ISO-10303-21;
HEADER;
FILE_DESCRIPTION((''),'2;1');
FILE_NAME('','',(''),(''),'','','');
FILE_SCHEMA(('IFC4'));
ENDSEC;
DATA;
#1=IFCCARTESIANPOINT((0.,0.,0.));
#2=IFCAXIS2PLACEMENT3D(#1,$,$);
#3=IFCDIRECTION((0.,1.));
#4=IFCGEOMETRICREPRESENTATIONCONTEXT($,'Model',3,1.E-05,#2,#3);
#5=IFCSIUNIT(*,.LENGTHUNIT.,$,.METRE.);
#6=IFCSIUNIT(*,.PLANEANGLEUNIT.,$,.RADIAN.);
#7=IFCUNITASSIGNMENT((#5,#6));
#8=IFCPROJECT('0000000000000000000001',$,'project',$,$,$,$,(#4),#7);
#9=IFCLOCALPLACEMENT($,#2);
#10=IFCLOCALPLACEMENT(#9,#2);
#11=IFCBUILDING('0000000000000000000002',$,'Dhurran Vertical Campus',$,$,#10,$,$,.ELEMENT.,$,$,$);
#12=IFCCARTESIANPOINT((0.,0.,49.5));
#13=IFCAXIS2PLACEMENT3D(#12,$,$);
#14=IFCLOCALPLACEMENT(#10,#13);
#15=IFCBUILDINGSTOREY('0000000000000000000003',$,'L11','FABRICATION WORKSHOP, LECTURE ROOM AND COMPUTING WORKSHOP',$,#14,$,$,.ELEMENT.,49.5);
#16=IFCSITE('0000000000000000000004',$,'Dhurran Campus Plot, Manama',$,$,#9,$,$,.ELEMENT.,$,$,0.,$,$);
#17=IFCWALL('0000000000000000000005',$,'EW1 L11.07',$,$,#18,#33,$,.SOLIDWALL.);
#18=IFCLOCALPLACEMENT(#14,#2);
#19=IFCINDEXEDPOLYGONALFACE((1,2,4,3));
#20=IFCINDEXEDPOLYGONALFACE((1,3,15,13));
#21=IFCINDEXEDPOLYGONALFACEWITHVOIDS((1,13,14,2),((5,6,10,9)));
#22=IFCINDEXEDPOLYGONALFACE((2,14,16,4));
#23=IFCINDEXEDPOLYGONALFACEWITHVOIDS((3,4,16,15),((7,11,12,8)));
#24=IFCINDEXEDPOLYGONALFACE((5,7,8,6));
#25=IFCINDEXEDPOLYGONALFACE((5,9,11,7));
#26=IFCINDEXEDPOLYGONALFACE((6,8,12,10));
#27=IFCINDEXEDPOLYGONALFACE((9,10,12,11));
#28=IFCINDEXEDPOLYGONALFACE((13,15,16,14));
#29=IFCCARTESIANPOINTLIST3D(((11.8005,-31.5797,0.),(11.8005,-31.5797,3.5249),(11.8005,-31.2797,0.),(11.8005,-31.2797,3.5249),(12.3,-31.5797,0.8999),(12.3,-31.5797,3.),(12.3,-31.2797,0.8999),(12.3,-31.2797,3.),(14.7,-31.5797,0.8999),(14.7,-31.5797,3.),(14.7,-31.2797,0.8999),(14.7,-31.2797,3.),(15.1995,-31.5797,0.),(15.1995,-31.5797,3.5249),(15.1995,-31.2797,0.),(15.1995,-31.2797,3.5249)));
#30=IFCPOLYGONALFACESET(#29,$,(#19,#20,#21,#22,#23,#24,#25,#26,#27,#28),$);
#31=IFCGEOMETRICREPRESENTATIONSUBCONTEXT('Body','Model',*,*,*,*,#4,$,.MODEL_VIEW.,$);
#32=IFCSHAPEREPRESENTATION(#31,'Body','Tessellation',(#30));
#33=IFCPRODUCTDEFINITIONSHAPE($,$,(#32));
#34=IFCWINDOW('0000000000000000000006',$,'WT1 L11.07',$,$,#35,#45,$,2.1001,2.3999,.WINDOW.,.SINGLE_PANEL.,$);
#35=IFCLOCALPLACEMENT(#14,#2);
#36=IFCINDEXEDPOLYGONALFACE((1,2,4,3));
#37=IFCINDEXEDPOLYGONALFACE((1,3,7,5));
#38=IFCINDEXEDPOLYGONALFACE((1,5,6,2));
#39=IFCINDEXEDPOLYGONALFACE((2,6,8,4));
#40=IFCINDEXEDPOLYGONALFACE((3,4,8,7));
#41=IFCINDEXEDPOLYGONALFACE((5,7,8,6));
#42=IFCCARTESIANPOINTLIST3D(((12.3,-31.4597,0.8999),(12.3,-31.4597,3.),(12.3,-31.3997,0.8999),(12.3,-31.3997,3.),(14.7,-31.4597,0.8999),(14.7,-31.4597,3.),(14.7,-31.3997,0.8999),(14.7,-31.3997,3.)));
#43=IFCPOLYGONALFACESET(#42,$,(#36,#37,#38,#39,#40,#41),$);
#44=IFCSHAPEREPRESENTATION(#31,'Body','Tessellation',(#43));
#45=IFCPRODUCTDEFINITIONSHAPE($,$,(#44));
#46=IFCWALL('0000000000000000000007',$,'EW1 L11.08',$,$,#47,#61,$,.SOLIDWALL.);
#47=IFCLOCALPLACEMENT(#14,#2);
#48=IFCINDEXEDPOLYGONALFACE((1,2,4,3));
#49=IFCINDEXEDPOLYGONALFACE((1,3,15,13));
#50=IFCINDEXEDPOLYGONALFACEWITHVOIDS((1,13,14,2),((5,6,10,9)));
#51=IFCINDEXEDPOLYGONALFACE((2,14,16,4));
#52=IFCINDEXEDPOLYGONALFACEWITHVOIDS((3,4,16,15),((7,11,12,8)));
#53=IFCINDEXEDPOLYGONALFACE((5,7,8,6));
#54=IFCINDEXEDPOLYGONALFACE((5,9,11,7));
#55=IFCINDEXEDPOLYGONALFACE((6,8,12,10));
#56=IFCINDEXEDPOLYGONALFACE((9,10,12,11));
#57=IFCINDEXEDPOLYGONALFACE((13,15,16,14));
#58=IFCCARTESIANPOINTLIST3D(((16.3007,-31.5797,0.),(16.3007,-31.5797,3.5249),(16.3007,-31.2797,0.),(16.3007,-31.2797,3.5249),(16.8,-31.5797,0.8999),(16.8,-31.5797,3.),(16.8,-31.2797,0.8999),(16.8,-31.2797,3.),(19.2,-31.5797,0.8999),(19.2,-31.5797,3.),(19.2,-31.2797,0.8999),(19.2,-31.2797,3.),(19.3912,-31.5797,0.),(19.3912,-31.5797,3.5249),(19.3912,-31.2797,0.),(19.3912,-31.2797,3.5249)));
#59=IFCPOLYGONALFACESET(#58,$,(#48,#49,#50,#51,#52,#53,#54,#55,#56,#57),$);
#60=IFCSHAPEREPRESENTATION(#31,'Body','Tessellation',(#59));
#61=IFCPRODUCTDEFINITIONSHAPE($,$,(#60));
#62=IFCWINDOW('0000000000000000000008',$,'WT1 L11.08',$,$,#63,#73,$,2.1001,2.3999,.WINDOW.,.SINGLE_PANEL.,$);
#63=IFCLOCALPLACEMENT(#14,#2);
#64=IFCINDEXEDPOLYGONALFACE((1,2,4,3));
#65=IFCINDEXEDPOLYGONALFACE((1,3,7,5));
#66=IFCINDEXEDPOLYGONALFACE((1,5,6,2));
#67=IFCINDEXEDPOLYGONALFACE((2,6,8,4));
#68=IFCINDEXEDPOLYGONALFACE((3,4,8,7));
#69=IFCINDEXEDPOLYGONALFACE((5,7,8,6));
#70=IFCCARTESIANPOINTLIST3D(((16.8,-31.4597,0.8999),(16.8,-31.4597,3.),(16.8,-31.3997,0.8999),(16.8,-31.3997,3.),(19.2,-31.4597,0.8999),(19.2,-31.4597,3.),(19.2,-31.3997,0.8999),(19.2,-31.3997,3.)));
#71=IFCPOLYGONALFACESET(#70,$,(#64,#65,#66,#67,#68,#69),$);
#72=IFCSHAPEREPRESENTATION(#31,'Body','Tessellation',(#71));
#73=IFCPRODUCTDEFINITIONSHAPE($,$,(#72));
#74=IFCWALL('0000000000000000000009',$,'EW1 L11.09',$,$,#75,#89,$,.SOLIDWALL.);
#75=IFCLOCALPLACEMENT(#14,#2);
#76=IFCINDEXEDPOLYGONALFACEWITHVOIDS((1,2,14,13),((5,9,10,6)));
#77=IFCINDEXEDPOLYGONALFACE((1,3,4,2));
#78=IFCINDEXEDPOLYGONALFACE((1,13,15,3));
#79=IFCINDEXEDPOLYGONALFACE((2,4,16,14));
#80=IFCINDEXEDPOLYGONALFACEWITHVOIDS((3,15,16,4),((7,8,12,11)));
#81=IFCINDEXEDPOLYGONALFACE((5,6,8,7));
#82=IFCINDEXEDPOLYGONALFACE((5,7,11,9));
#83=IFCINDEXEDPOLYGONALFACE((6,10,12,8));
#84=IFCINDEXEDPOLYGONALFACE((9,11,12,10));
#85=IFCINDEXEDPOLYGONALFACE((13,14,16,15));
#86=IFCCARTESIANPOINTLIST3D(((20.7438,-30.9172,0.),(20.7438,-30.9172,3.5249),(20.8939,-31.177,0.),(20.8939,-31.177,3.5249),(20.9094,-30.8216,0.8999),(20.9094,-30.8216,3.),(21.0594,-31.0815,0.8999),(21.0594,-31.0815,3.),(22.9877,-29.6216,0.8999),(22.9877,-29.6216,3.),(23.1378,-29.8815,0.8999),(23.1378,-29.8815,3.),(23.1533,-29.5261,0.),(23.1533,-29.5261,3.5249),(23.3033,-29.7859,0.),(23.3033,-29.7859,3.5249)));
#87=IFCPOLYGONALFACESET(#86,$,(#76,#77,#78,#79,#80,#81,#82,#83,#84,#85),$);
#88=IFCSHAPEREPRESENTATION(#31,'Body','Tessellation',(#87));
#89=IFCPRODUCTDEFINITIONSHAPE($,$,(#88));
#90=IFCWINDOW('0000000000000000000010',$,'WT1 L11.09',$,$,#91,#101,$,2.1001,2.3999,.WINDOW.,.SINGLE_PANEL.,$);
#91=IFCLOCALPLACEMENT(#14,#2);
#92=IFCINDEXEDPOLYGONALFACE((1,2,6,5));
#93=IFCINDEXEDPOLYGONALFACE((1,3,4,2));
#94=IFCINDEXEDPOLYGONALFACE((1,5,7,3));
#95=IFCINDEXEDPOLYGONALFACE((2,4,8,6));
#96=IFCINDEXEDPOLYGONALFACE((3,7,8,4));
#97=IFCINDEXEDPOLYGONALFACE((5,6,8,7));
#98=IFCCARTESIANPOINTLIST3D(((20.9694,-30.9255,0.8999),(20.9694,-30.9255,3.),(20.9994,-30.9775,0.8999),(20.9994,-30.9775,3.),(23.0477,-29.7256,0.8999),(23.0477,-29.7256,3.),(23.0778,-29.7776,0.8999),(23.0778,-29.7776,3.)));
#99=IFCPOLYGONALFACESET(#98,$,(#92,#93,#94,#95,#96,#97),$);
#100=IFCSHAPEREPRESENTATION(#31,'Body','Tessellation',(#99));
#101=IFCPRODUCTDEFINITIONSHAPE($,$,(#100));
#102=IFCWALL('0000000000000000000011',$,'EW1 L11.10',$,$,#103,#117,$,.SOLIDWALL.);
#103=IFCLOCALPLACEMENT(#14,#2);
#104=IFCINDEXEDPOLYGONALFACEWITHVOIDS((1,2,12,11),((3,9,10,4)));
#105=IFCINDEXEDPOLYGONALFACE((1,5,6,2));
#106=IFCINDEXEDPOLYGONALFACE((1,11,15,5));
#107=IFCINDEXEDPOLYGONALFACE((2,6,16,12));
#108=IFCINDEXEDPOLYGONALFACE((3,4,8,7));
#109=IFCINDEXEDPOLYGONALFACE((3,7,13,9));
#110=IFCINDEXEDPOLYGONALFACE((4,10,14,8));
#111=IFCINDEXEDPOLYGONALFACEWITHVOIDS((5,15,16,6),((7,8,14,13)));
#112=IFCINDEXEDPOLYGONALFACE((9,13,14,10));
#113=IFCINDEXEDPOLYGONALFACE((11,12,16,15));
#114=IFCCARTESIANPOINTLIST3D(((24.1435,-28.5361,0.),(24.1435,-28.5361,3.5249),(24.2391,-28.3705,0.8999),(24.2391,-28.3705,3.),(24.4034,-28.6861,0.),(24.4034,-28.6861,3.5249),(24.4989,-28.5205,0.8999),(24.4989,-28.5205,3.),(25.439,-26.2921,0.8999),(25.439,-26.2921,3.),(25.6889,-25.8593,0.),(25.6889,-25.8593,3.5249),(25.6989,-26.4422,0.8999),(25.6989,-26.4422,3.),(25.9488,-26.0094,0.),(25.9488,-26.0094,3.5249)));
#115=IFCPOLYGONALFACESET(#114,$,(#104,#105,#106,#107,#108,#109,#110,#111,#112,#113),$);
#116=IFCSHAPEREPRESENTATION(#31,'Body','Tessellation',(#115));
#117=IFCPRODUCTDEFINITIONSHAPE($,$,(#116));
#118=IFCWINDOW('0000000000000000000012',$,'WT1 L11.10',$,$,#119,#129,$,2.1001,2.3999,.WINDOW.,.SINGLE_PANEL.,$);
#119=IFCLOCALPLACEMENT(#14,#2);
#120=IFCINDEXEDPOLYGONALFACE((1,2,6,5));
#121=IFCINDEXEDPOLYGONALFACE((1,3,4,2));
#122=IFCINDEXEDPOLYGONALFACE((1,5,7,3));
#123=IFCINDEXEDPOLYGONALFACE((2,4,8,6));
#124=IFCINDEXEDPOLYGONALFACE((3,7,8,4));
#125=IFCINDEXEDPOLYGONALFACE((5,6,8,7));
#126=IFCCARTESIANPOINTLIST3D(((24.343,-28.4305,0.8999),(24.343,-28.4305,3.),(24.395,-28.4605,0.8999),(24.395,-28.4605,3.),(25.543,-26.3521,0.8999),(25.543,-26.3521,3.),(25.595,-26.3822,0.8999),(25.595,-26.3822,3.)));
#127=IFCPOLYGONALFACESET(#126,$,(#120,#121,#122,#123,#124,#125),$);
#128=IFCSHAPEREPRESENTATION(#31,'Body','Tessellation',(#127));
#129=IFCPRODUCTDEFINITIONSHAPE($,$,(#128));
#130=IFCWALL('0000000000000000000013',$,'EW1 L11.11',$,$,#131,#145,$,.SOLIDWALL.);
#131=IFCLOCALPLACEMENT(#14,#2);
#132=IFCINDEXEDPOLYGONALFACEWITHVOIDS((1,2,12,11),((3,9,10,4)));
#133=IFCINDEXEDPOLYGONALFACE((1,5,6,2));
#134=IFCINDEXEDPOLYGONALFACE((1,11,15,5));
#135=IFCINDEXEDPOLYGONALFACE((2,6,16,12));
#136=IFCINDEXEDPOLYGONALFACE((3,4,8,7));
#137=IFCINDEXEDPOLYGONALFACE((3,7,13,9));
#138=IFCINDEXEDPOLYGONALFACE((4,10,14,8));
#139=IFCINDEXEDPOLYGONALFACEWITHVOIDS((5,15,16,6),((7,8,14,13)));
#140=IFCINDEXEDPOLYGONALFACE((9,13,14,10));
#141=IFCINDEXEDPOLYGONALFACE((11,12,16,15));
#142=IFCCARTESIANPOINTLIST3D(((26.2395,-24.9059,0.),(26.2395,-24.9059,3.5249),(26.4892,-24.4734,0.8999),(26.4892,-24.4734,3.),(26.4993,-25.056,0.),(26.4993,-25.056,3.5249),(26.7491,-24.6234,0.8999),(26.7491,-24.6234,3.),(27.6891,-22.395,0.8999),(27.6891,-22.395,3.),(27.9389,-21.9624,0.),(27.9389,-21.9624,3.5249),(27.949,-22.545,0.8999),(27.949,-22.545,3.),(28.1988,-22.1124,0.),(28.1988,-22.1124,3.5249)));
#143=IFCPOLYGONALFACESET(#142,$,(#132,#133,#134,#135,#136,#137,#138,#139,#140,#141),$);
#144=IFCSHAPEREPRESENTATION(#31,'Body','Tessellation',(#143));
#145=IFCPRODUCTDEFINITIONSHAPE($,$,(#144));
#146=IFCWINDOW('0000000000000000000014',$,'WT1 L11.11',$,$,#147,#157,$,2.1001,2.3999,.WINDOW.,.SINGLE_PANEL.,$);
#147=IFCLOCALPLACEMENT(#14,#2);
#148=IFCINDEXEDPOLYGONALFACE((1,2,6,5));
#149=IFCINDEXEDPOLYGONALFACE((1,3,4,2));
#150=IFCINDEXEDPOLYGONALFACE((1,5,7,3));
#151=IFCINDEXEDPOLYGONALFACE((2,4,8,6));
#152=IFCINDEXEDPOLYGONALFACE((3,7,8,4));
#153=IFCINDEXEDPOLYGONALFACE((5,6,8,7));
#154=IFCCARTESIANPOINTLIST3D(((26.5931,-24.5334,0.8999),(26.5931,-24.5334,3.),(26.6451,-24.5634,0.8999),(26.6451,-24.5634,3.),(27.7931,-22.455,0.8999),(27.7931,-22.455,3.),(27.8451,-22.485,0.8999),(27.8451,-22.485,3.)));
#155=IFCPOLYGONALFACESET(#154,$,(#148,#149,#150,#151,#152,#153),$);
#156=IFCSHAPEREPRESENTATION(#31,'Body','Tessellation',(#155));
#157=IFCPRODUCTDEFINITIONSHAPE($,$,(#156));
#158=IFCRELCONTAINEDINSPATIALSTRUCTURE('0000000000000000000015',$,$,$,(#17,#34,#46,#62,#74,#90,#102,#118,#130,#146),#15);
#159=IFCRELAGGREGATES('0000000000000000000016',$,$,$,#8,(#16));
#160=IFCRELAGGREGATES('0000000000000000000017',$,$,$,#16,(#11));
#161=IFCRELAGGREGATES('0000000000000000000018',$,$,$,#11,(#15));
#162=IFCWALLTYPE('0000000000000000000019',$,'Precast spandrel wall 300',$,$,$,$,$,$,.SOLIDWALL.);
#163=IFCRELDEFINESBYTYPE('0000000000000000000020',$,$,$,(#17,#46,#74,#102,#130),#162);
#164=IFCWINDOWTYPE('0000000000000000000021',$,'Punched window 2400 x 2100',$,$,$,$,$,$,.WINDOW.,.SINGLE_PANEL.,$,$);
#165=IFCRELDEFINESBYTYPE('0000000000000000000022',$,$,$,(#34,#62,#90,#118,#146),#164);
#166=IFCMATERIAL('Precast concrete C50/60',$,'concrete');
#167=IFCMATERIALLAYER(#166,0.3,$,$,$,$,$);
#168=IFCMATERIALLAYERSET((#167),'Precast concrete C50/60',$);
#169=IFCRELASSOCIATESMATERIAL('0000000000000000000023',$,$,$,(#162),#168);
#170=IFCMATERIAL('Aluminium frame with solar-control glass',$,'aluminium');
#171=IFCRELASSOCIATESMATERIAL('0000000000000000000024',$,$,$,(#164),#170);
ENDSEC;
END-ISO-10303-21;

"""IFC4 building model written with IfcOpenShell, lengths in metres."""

from ifc_helpers import new_model, si_unit, direction, frame, frame_2d, origin, place, context, subcontext, project, spatial, rectangle, extrude, material, layer, layer_set, type_object, element, fill, save


model = new_model("IFC4")

# Units and contexts
model_context = context("Model", 3, precision=1e-05, world=origin(), true_north=direction((0.0, 1.0)))
body_context = subcontext(model_context, "Body", "Model", "MODEL_VIEW")
ifc_project = project(units=[si_unit("LENGTHUNIT", "METRE"), si_unit("PLANEANGLEUNIT", "RADIAN")], contexts=[model_context])

# Site, building, storey
site_placement = place(None, origin())
site = spatial("IfcSite", under=ifc_project, at=site_placement, Name="Dhurran Campus Plot, Manama", CompositionType="ELEMENT", RefElevation=0.0)
building_placement = place(site_placement, origin())
building = spatial("IfcBuilding", under=site, at=building_placement, Name="Dhurran Vertical Campus", CompositionType="ELEMENT")
storey_placement = place(building_placement, frame((0.0, 0.0, 49.5)))
storey = spatial("IfcBuildingStorey", under=building, at=storey_placement, Name="L11", Description="FABRICATION WORKSHOP, LECTURE ROOM AND COMPUTING WORKSHOP", CompositionType="ELEMENT", Elevation=49.5)

# Walls, openings, windows
ifc_material_1 = material(Name="Precast concrete C50/60", Category="concrete")
ifc_layer_1 = layer(ifc_material_1, 0.3)
ifc_layer_set_1 = layer_set([ifc_layer_1], Name="Precast concrete C50/60")
wall_type_1 = type_object("IfcWallType", Name="Precast spandrel wall 300", PredefinedType="SOLIDWALL", material=ifc_layer_set_1)
wall_1_placement = place(storey_placement, frame((11.8005, -31.4297, 0.0), z_axis=(0.0, 0.0, 1.0), x_axis=(1.0, 0.0, 0.0)))
wall_1 = element("IfcWall", 1, at=wall_1_placement, inside=storey, type_object=wall_type_1, Name="EW1 L11.07", PredefinedType="SOLIDWALL", context=body_context, shape_type="SweptSolid", body=[
    extrude(rectangle(XDim=3.3989, YDim=0.3, at=frame_2d((1.6995, 0.0))), origin(), (0.0, 0.0, 1.0), 3.5249),
])
opening_1_placement = place(wall_1_placement, frame((0.4995, 0.0, 0.8999)))
opening_1 = element("IfcOpeningElement", 2, at=opening_1_placement, cuts=wall_1, PredefinedType="OPENING", context=body_context, shape_type="SweptSolid", body=[
    extrude(rectangle(XDim=2.3999, YDim=2.1001, at=frame_2d((1.2, 1.05))), frame((0.0, 0.1599, 0.0), z_axis=(0.0, -1.0, 0.0), x_axis=(1.0, 0.0, 0.0)), (0.0, 0.0, 1.0), 0.3201),
])
ifc_material_2 = material(Name="Aluminium frame with solar-control glass", Category="aluminium")
window_type = type_object("IfcWindowType", Name="Punched window 2400 x 2100", PartitioningType="SINGLE_PANEL", PredefinedType="WINDOW", material=ifc_material_2)
window_1_placement = place(opening_1_placement, origin())
window_1 = element("IfcWindow", 3, at=window_1_placement, inside=storey, type_object=window_type, Name="WT1 L11.07", OverallHeight=2.1001, OverallWidth=2.3999, PartitioningType="SINGLE_PANEL", PredefinedType="WINDOW", context=body_context, shape_type="SweptSolid", body=[
    extrude(rectangle(XDim=2.3999, YDim=2.1001, at=frame_2d((1.2, 1.05))), frame((0.0, 0.03, 0.0), z_axis=(0.0, -1.0, 0.0), x_axis=(1.0, 0.0, 0.0)), (0.0, 0.0, 1.0), 0.0601),
])
fill(opening_1, window_1)
wall_2_placement = place(storey_placement, frame((16.3005, -31.4297, 0.0), z_axis=(0.0, 0.0, 1.0), x_axis=(1.0, 0.0, 0.0)))
wall_2 = element("IfcWall", 4, at=wall_2_placement, inside=storey, type_object=wall_type_1, Name="EW1 L11.08", PredefinedType="SOLIDWALL", context=body_context, shape_type="SweptSolid", body=[
    extrude(rectangle(XDim=3.0906, YDim=0.3, at=frame_2d((1.5454, 0.0))), origin(), (0.0, 0.0, 1.0), 3.5249),
])
opening_2_placement = place(wall_2_placement, frame((0.4995, 0.0, 0.8999)))
opening_2 = element("IfcOpeningElement", 5, at=opening_2_placement, cuts=wall_2, PredefinedType="OPENING", context=body_context, shape_type="SweptSolid", body=[
    extrude(rectangle(XDim=2.3999, YDim=2.1001, at=frame_2d((1.2, 1.05))), frame((0.0, 0.1599, 0.0), z_axis=(0.0, -1.0, 0.0), x_axis=(1.0, 0.0, 0.0)), (0.0, 0.0, 1.0), 0.3201),
])
window_2_placement = place(opening_2_placement, origin())
window_2 = element("IfcWindow", 6, at=window_2_placement, inside=storey, type_object=window_type, Name="WT1 L11.08", OverallHeight=2.1001, OverallWidth=2.3999, PartitioningType="SINGLE_PANEL", PredefinedType="WINDOW", context=body_context, shape_type="SweptSolid", body=[
    extrude(rectangle(XDim=2.3999, YDim=2.1001, at=frame_2d((1.2, 1.05))), frame((0.0, 0.03, 0.0), z_axis=(0.0, -1.0, 0.0), x_axis=(1.0, 0.0, 0.0)), (0.0, 0.0, 1.0), 0.0601),
])
fill(opening_2, window_2)
wall_3_placement = place(storey_placement, frame((20.8188, -31.0471, 0.0), z_axis=(0.0, 0.0, 1.0), x_axis=(0.86602, 0.500009, 0.0)))
wall_3 = element("IfcWall", 7, at=wall_3_placement, inside=storey, type_object=wall_type_1, Name="EW1 L11.09", PredefinedType="SOLIDWALL", context=body_context, shape_type="SweptSolid", body=[
    extrude(rectangle(XDim=2.7822, YDim=0.3, at=frame_2d((1.3911, 0.0))), origin(), (0.0, 0.0, 1.0), 3.5249),
])
opening_3_placement = place(wall_3_placement, frame((0.1912, 0.0, 0.8999)))
opening_3 = element("IfcOpeningElement", 8, at=opening_3_placement, cuts=wall_3, PredefinedType="OPENING", context=body_context, shape_type="SweptSolid", body=[
    extrude(rectangle(XDim=2.3999, YDim=2.1001, at=frame_2d((1.2, 1.05))), frame((0.0, 0.1599, 0.0), z_axis=(0.0, -1.0, 0.0), x_axis=(1.0, 0.0, 0.0)), (0.0, 0.0, 1.0), 0.3201),
])
window_3_placement = place(opening_3_placement, origin())
window_3 = element("IfcWindow", 9, at=window_3_placement, inside=storey, type_object=window_type, Name="WT1 L11.09", OverallHeight=2.1001, OverallWidth=2.3999, PartitioningType="SINGLE_PANEL", PredefinedType="WINDOW", context=body_context, shape_type="SweptSolid", body=[
    extrude(rectangle(XDim=2.3999, YDim=2.1001, at=frame_2d((1.2, 1.05))), frame((0.0, 0.03, 0.0), z_axis=(0.0, -1.0, 0.0), x_axis=(1.0, 0.0, 0.0)), (0.0, 0.0, 1.0), 0.0601),
])
fill(opening_3, window_3)
wall_4_placement = place(storey_placement, frame((24.2734, -28.6111, 0.0), z_axis=(0.0, 0.0, 1.0), x_axis=(0.499996, 0.866028, 0.0)))
wall_4 = element("IfcWall", 10, at=wall_4_placement, inside=storey, type_object=wall_type_1, Name="EW1 L11.10", PredefinedType="SOLIDWALL", context=body_context, shape_type="SweptSolid", body=[
    extrude(rectangle(XDim=3.0908, YDim=0.3, at=frame_2d((1.5454, 0.0))), origin(), (0.0, 0.0, 1.0), 3.5249),
])
opening_4_placement = place(wall_4_placement, frame((0.1912, 0.0, 0.8999)))
opening_4 = element("IfcOpeningElement", 11, at=opening_4_placement, cuts=wall_4, PredefinedType="OPENING", context=body_context, shape_type="SweptSolid", body=[
    extrude(rectangle(XDim=2.3999, YDim=2.1001, at=frame_2d((1.2, 1.05))), frame((0.0, 0.1599, 0.0), z_axis=(0.0, -1.0, 0.0), x_axis=(1.0, 0.0, 0.0)), (0.0, 0.0, 1.0), 0.3201),
])
window_4_placement = place(opening_4_placement, origin())
window_4 = element("IfcWindow", 12, at=window_4_placement, inside=storey, type_object=window_type, Name="WT1 L11.10", OverallHeight=2.1001, OverallWidth=2.3999, PartitioningType="SINGLE_PANEL", PredefinedType="WINDOW", context=body_context, shape_type="SweptSolid", body=[
    extrude(rectangle(XDim=2.3999, YDim=2.1001, at=frame_2d((1.2, 1.05))), frame((0.0, 0.03, 0.0), z_axis=(0.0, -1.0, 0.0), x_axis=(1.0, 0.0, 0.0)), (0.0, 0.0, 1.0), 0.0601),
])
fill(opening_4, window_4)
wall_5_placement = place(storey_placement, frame((26.3694, -24.981, 0.0), z_axis=(0.0, 0.0, 1.0), x_axis=(0.499994, 0.866029, 0.0)))
wall_5 = element("IfcWall", 13, at=wall_5_placement, inside=storey, type_object=wall_type_1, Name="EW1 L11.11", PredefinedType="SOLIDWALL", context=body_context, shape_type="SweptSolid", body=[
    extrude(rectangle(XDim=3.3989, YDim=0.3, at=frame_2d((1.6995, 0.0))), origin(), (0.0, 0.0, 1.0), 3.5249),
])
opening_5_placement = place(wall_5_placement, frame((0.4995, 0.0, 0.8999)))
opening_5 = element("IfcOpeningElement", 14, at=opening_5_placement, cuts=wall_5, PredefinedType="OPENING", context=body_context, shape_type="SweptSolid", body=[
    extrude(rectangle(XDim=2.3999, YDim=2.1001, at=frame_2d((1.2, 1.05))), frame((0.0, 0.1599, 0.0), z_axis=(0.0, -1.0, 0.0), x_axis=(1.0, 0.0, 0.0)), (0.0, 0.0, 1.0), 0.3201),
])
window_5_placement = place(opening_5_placement, origin())
window_5 = element("IfcWindow", 15, at=window_5_placement, inside=storey, type_object=window_type, Name="WT1 L11.11", OverallHeight=2.1001, OverallWidth=2.3999, PartitioningType="SINGLE_PANEL", PredefinedType="WINDOW", context=body_context, shape_type="SweptSolid", body=[
    extrude(rectangle(XDim=2.3999, YDim=2.1001, at=frame_2d((1.2, 1.05))), frame((0.0, 0.03, 0.0), z_axis=(0.0, -1.0, 0.0), x_axis=(1.0, 0.0, 0.0)), (0.0, 0.0, 1.0), 0.0601),
])
fill(opening_5, window_5)

save(model, "model.ifc")
